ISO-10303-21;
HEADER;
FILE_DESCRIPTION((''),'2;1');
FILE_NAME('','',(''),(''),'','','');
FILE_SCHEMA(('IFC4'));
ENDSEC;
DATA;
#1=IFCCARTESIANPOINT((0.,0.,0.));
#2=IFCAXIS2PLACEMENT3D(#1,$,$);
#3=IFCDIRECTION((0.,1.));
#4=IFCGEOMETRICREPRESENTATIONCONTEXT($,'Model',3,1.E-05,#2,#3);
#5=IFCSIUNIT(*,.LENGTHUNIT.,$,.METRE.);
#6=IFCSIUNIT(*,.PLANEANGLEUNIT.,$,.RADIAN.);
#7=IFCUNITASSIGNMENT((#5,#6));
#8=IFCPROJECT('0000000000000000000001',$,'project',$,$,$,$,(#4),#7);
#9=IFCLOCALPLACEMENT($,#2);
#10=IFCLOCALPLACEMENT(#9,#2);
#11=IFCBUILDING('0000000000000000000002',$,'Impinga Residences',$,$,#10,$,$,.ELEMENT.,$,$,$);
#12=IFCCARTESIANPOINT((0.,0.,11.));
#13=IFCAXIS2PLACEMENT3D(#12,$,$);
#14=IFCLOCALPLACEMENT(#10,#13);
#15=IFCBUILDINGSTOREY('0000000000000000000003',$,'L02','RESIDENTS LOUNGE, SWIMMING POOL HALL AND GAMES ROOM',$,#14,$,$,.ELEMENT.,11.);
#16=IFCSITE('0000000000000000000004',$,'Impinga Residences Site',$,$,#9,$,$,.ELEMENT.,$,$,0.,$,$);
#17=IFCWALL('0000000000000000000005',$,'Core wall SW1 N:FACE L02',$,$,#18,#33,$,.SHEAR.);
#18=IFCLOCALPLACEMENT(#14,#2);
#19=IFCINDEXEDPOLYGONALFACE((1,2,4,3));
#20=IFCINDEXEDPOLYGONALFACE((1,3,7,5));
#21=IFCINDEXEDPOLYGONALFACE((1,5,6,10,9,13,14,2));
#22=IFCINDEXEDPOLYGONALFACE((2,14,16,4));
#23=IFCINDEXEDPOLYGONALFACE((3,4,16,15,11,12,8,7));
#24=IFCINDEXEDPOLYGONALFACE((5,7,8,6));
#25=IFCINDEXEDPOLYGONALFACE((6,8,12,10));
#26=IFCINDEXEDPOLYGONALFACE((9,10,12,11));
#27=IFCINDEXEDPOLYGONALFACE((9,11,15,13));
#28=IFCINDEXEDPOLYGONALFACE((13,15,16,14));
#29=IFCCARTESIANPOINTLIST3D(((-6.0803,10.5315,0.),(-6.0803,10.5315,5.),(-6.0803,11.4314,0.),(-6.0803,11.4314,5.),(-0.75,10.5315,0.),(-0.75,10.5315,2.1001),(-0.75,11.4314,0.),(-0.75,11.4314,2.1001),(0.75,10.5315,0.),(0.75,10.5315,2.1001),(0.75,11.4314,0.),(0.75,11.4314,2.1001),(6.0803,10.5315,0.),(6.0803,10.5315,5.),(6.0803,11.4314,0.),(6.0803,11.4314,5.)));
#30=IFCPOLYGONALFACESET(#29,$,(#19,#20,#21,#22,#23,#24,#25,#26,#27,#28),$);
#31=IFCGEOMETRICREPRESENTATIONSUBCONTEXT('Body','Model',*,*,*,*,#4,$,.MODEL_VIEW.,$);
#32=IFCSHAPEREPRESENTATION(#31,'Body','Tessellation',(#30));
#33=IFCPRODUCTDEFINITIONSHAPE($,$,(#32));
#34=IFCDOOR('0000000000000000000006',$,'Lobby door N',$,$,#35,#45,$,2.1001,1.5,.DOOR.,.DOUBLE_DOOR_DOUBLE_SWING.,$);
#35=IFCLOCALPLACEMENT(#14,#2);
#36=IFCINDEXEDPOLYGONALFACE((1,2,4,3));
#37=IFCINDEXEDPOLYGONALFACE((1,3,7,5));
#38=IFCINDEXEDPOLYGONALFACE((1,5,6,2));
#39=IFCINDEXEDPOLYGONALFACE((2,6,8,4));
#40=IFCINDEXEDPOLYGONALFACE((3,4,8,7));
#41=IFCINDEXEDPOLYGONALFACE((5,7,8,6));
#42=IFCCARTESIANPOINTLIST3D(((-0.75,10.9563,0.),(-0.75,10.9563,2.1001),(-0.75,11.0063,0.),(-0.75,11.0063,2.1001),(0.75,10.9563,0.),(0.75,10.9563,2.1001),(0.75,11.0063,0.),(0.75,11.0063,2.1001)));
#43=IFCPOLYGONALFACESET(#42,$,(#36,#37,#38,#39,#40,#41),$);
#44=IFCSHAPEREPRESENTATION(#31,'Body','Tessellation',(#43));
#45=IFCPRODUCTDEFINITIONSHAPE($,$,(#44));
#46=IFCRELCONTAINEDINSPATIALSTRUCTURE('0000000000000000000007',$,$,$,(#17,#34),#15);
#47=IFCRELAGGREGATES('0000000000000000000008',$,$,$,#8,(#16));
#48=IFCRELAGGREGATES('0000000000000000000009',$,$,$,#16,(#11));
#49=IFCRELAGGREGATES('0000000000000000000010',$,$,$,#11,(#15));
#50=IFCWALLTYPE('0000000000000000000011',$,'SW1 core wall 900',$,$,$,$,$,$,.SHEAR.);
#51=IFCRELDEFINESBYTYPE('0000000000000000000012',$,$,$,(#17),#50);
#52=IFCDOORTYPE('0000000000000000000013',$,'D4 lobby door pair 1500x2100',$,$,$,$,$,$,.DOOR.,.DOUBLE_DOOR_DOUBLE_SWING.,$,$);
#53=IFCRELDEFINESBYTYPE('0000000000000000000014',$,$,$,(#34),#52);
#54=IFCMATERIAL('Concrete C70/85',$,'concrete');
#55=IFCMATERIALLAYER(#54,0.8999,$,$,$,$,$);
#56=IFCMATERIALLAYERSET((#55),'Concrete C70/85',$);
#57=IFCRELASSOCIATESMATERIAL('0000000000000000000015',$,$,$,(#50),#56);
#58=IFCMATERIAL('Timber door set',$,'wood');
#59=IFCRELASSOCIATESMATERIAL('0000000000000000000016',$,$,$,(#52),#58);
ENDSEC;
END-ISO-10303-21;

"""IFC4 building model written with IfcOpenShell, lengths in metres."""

from ifc_helpers import new_model, si_unit, direction, frame, frame_2d, origin, place, context, subcontext, project, spatial, rectangle, extrude, material, layer, layer_set, type_object, element, fill, save


model = new_model("IFC4")

# Units and contexts
model_context = context("Model", 3, precision=1e-05, world=origin(), true_north=direction((0.0, 1.0)))
body_context = subcontext(model_context, "Body", "Model", "MODEL_VIEW")
ifc_project = project(units=[si_unit("LENGTHUNIT", "METRE"), si_unit("PLANEANGLEUNIT", "RADIAN")], contexts=[model_context])

# Site, building, storey
site_placement = place(None, origin())
site = spatial("IfcSite", under=ifc_project, at=site_placement, Name="Impinga Residences Site", CompositionType="ELEMENT", RefElevation=0.0)
building_placement = place(site_placement, origin())
building = spatial("IfcBuilding", under=site, at=building_placement, Name="Impinga Residences", CompositionType="ELEMENT")
storey_placement = place(building_placement, frame((0.0, 0.0, 11.0)))
storey = spatial("IfcBuildingStorey", under=building, at=storey_placement, Name="L02", Description="RESIDENTS LOUNGE, SWIMMING POOL HALL AND GAMES ROOM", CompositionType="ELEMENT", Elevation=11.0)

# Shared definitions
ifc_material_1 = material(Name="Concrete C70/85", Category="concrete")

# Wall, opening, door
ifc_material_2 = material(Name="Timber door set", Category="wood")
ifc_layer_1 = layer(ifc_material_1, 0.8999)
ifc_layer_set_1 = layer_set([ifc_layer_1], Name="Concrete C70/85")
wall_type_1 = type_object("IfcWallType", Name="SW1 core wall 900", PredefinedType="SHEAR", material=ifc_layer_set_1)
wall_1_placement = place(storey_placement, frame((-6.0803, 10.9814, 0.0), z_axis=(0.0, 0.0, 1.0), x_axis=(1.0, 0.0, 0.0)))
wall_1 = element("IfcWall", 1, at=wall_1_placement, inside=storey, type_object=wall_type_1, Name="Core wall SW1 N:FACE L02", PredefinedType="SHEAR", context=body_context, shape_type="SweptSolid", body=[
    extrude(rectangle(XDim=12.1606, YDim=0.8999, at=frame_2d((6.0803, 0.0))), origin(), (0.0, 0.0, 1.0), 5.0),
])
opening_1_placement = place(wall_1_placement, frame((5.3303, 0.0, 0.0)))
opening_1 = element("IfcOpeningElement", 2, at=opening_1_placement, cuts=wall_1, PredefinedType="OPENING", context=body_context, shape_type="SweptSolid", body=[
    extrude(rectangle(XDim=1.5, YDim=2.1001, at=frame_2d((0.75, 1.05))), frame((0.0, 0.46, 0.0), z_axis=(0.0, -1.0, 0.0), x_axis=(1.0, 0.0, 0.0)), (0.0, 0.0, 1.0), 0.9199),
])
door_type_1 = type_object("IfcDoorType", Name="D4 lobby door pair 1500x2100", OperationType="DOUBLE_DOOR_DOUBLE_SWING", PredefinedType="DOOR", material=ifc_material_2)
door_1_placement = place(opening_1_placement, origin())
door_1 = element("IfcDoor", 3, at=door_1_placement, inside=storey, type_object=door_type_1, Name="Lobby door N", OperationType="DOUBLE_DOOR_DOUBLE_SWING", OverallHeight=2.1001, OverallWidth=1.5, PredefinedType="DOOR", context=body_context, shape_type="SweptSolid", body=[
    extrude(rectangle(XDim=1.5, YDim=2.1001, at=frame_2d((0.75, 1.05))), frame((0.0, 0.0249, 0.0), z_axis=(0.0, -1.0, 0.0), x_axis=(1.0, 0.0, 0.0)), (0.0, 0.0, 1.0), 0.05),
])
fill(opening_1, door_1)

save(model, "model.ifc")
